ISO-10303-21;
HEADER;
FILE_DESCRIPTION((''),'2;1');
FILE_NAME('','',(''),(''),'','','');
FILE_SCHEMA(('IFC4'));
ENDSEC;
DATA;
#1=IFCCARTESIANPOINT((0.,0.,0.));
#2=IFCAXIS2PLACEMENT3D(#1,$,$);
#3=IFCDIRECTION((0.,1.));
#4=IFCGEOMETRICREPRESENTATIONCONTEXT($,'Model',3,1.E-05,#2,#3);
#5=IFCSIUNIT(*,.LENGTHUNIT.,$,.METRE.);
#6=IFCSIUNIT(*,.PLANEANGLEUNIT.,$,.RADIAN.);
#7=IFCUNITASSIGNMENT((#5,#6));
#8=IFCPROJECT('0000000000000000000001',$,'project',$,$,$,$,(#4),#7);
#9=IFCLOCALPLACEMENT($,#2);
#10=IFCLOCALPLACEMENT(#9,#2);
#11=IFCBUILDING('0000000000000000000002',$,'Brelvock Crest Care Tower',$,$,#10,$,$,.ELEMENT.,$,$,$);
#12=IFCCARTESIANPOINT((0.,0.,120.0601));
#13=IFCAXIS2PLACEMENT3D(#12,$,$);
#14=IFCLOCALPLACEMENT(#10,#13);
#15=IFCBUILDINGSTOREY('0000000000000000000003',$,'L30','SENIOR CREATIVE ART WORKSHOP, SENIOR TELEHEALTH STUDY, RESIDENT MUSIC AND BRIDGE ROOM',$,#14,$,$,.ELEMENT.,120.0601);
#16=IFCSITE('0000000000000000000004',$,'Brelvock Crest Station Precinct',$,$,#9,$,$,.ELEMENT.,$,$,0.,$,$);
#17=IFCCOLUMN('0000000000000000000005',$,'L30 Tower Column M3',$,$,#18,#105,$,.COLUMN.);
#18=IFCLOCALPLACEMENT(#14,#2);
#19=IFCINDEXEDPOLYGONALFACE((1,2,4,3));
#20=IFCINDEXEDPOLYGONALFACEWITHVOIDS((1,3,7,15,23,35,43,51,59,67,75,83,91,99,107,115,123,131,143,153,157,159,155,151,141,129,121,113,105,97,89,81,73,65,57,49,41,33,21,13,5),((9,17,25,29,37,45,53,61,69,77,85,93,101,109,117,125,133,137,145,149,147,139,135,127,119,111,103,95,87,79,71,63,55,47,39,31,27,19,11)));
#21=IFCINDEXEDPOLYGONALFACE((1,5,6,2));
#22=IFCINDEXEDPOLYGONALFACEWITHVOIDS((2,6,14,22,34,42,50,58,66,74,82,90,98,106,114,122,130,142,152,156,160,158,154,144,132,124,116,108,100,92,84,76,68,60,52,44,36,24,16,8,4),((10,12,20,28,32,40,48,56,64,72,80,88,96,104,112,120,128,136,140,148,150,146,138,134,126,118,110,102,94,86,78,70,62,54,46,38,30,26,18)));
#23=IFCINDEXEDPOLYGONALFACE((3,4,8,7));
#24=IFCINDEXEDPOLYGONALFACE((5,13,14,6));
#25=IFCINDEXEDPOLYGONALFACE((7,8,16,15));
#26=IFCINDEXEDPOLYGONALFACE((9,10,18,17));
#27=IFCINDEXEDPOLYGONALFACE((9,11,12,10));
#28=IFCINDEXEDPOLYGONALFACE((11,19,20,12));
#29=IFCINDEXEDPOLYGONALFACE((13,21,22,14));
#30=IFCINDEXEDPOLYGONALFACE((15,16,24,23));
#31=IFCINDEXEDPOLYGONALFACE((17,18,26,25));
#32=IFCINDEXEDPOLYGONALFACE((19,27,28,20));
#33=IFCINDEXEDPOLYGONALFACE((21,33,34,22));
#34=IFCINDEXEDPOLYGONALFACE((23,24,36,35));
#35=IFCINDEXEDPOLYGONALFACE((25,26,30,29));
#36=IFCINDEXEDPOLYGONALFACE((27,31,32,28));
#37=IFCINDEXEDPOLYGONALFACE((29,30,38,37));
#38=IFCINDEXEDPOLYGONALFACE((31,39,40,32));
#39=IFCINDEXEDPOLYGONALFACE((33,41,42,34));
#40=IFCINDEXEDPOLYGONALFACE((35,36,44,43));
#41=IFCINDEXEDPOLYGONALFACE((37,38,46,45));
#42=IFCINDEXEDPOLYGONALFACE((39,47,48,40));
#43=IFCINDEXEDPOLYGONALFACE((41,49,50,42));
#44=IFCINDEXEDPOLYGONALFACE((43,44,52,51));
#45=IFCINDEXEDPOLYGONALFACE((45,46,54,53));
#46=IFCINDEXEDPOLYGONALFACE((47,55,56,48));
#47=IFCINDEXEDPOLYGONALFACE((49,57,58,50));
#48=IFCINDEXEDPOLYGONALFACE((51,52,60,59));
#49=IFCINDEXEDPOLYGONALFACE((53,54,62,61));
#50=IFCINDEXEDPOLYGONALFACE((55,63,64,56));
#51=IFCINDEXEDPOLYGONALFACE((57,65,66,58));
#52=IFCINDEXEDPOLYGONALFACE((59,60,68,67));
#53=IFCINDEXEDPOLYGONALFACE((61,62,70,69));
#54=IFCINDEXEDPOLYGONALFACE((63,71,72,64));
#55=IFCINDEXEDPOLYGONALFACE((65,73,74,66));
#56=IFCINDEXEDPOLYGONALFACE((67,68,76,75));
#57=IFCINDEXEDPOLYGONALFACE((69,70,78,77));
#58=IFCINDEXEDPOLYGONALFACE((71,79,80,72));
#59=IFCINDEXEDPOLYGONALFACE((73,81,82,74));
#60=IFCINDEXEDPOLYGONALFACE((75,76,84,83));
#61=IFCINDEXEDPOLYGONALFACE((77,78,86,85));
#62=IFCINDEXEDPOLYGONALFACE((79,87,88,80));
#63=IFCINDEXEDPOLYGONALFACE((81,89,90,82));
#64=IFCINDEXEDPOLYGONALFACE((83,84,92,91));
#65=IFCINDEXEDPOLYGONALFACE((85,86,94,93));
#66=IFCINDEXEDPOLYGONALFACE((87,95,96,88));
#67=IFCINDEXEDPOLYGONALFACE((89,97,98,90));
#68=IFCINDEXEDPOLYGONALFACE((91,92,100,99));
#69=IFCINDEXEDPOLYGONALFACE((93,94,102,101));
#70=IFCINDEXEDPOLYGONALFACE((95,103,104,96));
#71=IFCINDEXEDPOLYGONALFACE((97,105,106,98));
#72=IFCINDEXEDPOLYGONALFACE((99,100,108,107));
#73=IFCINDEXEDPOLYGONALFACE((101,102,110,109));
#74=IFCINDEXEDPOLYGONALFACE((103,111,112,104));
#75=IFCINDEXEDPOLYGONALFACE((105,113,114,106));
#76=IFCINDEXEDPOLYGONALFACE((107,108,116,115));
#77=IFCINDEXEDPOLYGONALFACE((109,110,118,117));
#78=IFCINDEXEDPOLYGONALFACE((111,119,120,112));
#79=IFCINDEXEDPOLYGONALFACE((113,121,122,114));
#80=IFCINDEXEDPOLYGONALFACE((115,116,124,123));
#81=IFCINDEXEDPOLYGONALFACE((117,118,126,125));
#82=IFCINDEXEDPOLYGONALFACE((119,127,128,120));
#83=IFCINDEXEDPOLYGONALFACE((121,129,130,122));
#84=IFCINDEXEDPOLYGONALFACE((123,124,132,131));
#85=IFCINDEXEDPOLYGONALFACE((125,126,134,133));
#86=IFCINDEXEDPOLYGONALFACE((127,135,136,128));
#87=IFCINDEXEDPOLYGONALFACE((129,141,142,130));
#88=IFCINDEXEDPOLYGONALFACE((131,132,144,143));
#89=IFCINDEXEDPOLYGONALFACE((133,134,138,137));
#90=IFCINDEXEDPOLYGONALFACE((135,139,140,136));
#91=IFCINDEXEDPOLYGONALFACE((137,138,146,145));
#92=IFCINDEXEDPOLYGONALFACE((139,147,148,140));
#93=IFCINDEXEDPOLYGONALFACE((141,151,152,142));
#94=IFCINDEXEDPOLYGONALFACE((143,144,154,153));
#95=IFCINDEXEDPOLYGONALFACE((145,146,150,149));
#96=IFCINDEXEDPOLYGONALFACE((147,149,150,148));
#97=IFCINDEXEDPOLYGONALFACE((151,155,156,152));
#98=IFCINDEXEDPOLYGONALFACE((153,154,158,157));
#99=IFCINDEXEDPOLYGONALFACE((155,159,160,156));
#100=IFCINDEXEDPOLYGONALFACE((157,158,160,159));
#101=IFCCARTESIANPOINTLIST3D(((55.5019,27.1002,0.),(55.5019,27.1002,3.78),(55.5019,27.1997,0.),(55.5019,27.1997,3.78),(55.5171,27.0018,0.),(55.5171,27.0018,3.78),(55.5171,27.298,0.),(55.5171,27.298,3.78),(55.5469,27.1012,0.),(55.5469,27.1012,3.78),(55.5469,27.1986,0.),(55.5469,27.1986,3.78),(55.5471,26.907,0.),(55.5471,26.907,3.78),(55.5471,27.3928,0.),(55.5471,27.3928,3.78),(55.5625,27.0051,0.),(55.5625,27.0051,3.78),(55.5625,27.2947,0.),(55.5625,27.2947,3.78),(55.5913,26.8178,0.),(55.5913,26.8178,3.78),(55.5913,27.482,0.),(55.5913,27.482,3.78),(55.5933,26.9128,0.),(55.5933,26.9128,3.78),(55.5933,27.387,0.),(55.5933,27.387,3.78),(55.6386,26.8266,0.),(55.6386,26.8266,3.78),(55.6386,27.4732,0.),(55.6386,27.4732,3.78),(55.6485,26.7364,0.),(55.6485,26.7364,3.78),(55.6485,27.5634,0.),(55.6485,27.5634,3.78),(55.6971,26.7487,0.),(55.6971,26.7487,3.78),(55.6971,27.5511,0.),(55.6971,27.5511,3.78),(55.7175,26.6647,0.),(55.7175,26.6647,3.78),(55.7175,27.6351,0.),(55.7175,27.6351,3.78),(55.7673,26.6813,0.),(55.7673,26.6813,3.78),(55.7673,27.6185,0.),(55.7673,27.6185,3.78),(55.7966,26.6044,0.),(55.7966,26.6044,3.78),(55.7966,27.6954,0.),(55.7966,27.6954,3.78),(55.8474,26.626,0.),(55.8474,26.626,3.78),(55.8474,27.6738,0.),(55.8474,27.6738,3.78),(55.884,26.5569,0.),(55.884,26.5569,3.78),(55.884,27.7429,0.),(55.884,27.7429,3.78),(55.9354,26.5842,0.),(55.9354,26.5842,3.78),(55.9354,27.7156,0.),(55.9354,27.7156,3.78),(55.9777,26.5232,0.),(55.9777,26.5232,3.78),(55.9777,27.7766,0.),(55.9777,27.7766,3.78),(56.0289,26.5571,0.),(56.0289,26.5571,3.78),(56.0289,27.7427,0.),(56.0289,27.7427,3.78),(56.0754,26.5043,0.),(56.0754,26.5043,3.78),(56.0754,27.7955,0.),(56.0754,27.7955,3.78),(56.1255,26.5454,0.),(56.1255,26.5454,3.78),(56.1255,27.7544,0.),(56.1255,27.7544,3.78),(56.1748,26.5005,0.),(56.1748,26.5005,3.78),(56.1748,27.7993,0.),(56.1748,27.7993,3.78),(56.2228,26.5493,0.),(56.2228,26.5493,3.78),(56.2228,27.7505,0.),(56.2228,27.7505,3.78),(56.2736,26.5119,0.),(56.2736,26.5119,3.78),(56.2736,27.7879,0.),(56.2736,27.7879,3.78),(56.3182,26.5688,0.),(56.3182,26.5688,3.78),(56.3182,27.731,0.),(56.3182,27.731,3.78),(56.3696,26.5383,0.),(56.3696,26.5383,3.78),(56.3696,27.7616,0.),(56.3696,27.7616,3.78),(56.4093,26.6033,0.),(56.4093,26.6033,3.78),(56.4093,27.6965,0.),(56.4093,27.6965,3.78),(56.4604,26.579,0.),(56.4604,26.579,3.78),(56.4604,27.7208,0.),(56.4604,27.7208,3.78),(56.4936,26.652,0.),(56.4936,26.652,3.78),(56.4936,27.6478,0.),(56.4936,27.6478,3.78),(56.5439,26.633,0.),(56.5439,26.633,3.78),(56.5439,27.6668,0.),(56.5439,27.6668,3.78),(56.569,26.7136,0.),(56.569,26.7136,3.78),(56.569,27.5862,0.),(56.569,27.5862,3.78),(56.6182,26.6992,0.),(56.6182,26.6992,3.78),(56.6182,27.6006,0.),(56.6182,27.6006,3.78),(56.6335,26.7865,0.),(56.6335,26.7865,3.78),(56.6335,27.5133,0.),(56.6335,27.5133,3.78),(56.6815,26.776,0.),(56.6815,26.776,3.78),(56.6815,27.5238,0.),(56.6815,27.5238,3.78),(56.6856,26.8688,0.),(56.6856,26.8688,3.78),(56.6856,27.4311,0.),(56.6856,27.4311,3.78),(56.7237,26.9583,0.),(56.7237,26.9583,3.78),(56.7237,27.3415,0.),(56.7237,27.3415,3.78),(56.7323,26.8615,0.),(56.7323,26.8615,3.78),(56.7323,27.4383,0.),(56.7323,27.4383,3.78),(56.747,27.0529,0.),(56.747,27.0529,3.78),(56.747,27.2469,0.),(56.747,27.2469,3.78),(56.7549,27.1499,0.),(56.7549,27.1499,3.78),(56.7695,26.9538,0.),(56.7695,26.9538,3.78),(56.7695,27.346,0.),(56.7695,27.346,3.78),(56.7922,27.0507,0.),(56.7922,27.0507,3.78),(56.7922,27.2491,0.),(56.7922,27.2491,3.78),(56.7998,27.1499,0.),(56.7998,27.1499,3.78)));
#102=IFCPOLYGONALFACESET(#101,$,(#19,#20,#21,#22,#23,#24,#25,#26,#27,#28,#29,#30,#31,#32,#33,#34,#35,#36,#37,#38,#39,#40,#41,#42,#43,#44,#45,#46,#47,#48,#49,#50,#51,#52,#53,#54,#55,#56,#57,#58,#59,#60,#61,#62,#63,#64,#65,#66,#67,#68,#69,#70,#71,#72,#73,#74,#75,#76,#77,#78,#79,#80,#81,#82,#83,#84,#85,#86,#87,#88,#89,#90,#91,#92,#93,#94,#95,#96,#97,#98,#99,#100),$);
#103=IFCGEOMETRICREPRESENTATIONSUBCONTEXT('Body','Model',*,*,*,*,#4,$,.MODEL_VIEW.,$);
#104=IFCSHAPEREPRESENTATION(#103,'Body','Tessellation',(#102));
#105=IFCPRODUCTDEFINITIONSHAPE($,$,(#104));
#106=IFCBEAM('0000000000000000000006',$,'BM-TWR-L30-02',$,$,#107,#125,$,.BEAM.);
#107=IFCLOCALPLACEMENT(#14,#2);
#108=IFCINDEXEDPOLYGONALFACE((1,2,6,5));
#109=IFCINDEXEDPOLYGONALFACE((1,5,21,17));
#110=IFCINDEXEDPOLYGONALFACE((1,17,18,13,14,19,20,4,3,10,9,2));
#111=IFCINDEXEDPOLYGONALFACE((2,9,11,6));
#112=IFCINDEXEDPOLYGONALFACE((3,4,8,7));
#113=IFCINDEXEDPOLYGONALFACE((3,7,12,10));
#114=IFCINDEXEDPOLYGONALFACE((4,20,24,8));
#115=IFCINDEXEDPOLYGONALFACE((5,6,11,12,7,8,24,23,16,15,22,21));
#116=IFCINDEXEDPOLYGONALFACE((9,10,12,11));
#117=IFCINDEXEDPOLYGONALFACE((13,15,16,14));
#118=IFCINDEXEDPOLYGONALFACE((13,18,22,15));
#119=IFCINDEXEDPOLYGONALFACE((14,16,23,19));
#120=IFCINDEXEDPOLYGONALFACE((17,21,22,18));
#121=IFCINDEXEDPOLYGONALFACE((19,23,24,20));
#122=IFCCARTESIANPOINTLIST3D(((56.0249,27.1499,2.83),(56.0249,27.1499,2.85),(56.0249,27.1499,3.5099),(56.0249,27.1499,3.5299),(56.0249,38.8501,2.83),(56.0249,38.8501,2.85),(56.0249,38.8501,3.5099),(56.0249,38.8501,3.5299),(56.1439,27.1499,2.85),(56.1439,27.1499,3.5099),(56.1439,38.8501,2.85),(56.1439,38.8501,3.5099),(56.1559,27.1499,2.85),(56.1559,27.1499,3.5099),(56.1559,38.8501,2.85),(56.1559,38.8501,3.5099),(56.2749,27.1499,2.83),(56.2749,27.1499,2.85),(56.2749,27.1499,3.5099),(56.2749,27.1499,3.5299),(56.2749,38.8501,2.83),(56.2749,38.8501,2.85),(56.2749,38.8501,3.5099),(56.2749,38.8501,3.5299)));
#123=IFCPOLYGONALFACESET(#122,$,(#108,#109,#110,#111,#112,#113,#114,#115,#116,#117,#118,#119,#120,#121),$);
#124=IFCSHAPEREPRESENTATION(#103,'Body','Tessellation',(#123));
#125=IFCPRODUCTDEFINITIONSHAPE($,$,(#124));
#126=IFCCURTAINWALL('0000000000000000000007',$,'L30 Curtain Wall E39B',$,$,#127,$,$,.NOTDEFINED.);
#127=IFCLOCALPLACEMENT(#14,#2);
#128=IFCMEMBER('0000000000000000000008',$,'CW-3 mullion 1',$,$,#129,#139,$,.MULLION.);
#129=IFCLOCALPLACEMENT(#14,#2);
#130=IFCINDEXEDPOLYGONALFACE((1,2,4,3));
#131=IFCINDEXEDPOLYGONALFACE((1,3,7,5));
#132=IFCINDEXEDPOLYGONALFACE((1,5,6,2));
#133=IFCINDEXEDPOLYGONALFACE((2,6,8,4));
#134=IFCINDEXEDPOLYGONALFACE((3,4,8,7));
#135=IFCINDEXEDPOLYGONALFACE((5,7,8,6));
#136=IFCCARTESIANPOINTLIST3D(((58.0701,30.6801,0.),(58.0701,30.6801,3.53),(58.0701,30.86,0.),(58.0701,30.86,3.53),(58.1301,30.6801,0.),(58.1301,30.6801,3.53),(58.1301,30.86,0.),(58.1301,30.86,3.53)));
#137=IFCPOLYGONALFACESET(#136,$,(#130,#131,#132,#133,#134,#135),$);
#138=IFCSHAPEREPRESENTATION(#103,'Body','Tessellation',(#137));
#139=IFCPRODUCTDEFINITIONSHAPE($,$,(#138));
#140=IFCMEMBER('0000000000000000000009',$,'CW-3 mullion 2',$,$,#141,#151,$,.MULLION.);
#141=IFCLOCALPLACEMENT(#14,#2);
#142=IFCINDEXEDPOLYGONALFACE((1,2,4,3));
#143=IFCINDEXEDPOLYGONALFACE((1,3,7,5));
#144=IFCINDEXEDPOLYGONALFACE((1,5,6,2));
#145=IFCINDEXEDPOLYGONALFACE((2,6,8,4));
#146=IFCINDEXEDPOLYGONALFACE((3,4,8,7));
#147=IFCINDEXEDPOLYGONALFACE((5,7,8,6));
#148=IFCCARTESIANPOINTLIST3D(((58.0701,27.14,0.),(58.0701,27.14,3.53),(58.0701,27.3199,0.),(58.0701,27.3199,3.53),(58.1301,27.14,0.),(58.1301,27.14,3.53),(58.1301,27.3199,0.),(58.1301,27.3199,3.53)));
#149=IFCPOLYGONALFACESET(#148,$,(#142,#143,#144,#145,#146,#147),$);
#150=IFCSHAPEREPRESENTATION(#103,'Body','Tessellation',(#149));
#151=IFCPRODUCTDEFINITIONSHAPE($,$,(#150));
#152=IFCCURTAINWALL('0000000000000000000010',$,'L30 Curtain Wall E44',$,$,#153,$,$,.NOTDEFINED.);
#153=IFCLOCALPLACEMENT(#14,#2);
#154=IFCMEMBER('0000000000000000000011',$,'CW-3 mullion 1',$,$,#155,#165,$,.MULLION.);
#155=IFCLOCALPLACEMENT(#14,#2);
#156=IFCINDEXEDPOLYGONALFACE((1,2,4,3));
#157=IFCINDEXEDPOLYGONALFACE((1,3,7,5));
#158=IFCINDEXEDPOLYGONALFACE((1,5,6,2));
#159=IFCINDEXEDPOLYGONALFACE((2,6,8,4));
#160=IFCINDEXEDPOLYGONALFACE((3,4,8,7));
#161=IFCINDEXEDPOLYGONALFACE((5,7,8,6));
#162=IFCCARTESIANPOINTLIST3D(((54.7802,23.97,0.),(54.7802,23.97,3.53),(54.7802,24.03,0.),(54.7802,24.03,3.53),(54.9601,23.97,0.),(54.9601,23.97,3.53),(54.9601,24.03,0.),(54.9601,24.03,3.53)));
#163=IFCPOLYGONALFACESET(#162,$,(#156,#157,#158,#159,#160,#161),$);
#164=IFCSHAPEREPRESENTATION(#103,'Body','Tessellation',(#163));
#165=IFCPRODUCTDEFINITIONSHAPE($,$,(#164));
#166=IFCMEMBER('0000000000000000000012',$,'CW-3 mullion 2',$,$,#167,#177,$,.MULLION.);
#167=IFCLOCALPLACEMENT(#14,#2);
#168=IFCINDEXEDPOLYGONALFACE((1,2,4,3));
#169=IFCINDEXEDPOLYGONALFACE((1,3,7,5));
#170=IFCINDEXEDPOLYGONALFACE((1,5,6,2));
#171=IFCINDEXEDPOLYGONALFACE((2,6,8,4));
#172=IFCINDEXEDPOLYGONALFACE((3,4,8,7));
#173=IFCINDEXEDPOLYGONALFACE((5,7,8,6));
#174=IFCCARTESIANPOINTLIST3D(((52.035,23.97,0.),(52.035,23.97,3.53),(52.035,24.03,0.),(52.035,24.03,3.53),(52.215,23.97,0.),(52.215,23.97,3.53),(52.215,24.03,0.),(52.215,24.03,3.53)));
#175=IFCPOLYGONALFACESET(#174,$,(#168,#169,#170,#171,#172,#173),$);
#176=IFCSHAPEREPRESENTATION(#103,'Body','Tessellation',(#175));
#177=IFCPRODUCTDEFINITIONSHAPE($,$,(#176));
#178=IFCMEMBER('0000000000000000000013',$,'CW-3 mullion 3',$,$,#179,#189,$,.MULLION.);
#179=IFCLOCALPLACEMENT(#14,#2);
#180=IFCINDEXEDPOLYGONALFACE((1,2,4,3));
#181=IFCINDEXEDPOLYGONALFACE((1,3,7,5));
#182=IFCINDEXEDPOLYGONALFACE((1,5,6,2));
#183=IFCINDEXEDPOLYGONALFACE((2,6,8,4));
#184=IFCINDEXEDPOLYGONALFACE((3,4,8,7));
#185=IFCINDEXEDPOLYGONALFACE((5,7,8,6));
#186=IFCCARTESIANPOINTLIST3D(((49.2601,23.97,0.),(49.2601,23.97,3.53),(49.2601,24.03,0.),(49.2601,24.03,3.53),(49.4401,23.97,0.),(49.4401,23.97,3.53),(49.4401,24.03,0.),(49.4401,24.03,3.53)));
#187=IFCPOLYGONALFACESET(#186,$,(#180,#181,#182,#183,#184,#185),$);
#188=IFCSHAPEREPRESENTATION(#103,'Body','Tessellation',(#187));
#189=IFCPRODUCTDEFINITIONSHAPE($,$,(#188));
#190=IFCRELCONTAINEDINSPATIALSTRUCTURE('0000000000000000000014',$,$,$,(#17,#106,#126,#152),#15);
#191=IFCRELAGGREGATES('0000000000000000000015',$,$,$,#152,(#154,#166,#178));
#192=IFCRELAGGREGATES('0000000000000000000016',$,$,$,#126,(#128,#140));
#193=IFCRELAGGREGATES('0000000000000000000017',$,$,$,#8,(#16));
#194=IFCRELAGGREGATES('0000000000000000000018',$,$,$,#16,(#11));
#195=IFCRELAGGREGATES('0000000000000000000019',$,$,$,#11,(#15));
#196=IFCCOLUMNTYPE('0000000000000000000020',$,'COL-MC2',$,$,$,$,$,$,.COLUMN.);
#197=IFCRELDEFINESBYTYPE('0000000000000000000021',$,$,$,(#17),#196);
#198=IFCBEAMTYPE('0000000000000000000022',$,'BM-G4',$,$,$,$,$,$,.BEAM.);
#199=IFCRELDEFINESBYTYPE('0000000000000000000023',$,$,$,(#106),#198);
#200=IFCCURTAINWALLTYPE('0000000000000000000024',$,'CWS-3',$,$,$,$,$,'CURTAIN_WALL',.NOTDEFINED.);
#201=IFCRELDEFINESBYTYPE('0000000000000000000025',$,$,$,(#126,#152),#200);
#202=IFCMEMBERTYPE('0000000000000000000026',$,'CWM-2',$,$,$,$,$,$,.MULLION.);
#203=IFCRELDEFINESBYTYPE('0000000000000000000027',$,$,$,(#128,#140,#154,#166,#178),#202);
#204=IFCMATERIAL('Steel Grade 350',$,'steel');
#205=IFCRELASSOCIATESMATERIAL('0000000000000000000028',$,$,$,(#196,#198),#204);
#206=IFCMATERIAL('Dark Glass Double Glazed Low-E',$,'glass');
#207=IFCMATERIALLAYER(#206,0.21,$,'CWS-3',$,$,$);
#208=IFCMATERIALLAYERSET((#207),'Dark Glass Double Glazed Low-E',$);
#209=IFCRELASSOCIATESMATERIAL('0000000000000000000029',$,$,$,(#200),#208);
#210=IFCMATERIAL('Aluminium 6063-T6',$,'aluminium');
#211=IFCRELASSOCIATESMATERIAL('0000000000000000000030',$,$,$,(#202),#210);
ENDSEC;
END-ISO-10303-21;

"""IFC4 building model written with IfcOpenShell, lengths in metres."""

from ifc_helpers import new_model, si_unit, direction, frame, origin, origin_2d, place, context, subcontext, project, spatial, rectangle, hollow_circle, i_section, extrude, source, transform, mapped, material, layer, layer_set, material_profile, profile_set, type_object, element, aggregate, save


model = new_model("IFC4")

# Units and contexts
model_context = context("Model", 3, precision=1e-05, world=origin(), true_north=direction((0.0, 1.0)))
body_context = subcontext(model_context, "Body", "Model", "MODEL_VIEW")
ifc_project = project(units=[si_unit("LENGTHUNIT", "METRE"), si_unit("PLANEANGLEUNIT", "RADIAN")], contexts=[model_context])

# Site, building, storey
site_placement = place(None, origin())
site = spatial("IfcSite", under=ifc_project, at=site_placement, Name="Brelvock Crest Station Precinct", CompositionType="ELEMENT", RefElevation=0.0)
building_placement = place(site_placement, origin())
building = spatial("IfcBuilding", under=site, at=building_placement, Name="Brelvock Crest Care Tower", CompositionType="ELEMENT")
storey_placement = place(building_placement, frame((0.0, 0.0, 120.0601)))
storey = spatial("IfcBuildingStorey", under=building, at=storey_placement, Name="L30", Description="SENIOR CREATIVE ART WORKSHOP, SENIOR TELEHEALTH STUDY, RESIDENT MUSIC AND BRIDGE ROOM", CompositionType="ELEMENT", Elevation=120.0601)

# Column
ifc_material_1 = material(Name="Steel Grade 350", Category="steel")
ifc_material_profile_1 = material_profile(ifc_material_1, hollow_circle(Radius=0.6499, WallThickness=0.0449, at=origin_2d()), Name="CFT1300x45")
ifc_profile_set_1 = profile_set([ifc_material_profile_1], Name="Steel Grade 350")
column_type = type_object("IfcColumnType", Name="COL-MC2", PredefinedType="COLUMN", material=ifc_profile_set_1)
shared_shape_1 = source(origin(), body_context, "Body", "SweptSolid", [
    extrude(hollow_circle(Radius=0.6499, WallThickness=0.0449, at=origin_2d()), origin(), (0.0, 0.0, 1.0), 3.78),
])
column_placement = place(storey_placement, frame((56.1499, 27.1499, 0.0), z_axis=(0.0, 0.0, 1.0), x_axis=(1.0, 0.0, 0.0)))
element("IfcColumn", 1, at=column_placement, inside=storey, type_object=column_type, Name="L30 Tower Column M3", PredefinedType="COLUMN", context=body_context, shape_type="MappedRepresentation", body=[
    mapped(shared_shape_1, transform((0.0, 0.0, 0.0), x_axis=(1.0, 0.0, 0.0), y_axis=(0.0, 1.0, 0.0), z_axis=(0.0, 0.0, 1.0), scale=1.0)),
])

# Beam
ifc_material_profile_2 = material_profile(ifc_material_1, i_section(OverallWidth=0.25, OverallDepth=0.7, WebThickness=0.012, FlangeThickness=0.02, at=origin_2d()), Name="700WB150")
ifc_profile_set_2 = profile_set([ifc_material_profile_2], Name="Steel Grade 350")
beam_type = type_object("IfcBeamType", Name="BM-G4", PredefinedType="BEAM", material=ifc_profile_set_2)
shared_shape_2 = source(origin(), body_context, "Body", "SweptSolid", [
    extrude(i_section(OverallWidth=0.25, OverallDepth=0.7, WebThickness=0.012, FlangeThickness=0.02, at=origin_2d()), origin(), (0.0, 0.0, 1.0), 11.7002),
])
beam_placement = place(storey_placement, frame((56.1499, 27.1499, 3.1799), z_axis=(0.0, 1.0, 0.0), x_axis=(-1.0, 0.0, 0.0)))
element("IfcBeam", 2, at=beam_placement, inside=storey, type_object=beam_type, Name="BM-TWR-L30-02", PredefinedType="BEAM", context=body_context, shape_type="MappedRepresentation", body=[
    mapped(shared_shape_2, transform((0.0, 0.0, 0.0), x_axis=(1.0, 0.0, 0.0), y_axis=(0.0, 1.0, 0.0), z_axis=(0.0, 0.0, 1.0), scale=1.0)),
])

# Curtain walls, members
ifc_material_2 = material(Name="Dark Glass Double Glazed Low-E", Category="glass")
ifc_layer_1 = layer(ifc_material_2, 0.21, Name="CWS-3")
ifc_layer_set_1 = layer_set([ifc_layer_1], Name="Dark Glass Double Glazed Low-E")
curtain_wall_type = type_object("IfcCurtainWallType", Name="CWS-3", ElementType="CURTAIN_WALL", PredefinedType="NOTDEFINED", material=ifc_layer_set_1)
curtain_wall_1_placement = place(storey_placement, origin())
curtain_wall_1 = element("IfcCurtainWall", 3, at=curtain_wall_1_placement, inside=storey, type_object=curtain_wall_type, Name="L30 Curtain Wall E39B", PredefinedType="NOTDEFINED")
ifc_material_3 = material(Name="Aluminium 6063-T6", Category="aluminium")
ifc_material_profile_3 = material_profile(ifc_material_3, rectangle(XDim=0.0601, YDim=0.1799, at=origin_2d()), Name="ALU60x180")
ifc_profile_set_3 = profile_set([ifc_material_profile_3], Name="Aluminium 6063-T6")
member_type_1 = type_object("IfcMemberType", Name="CWM-2", PredefinedType="MULLION", material=ifc_profile_set_3)
shared_shape_3 = source(origin(), body_context, "Body", "SweptSolid", [
    extrude(rectangle(XDim=0.0601, YDim=0.1799, at=origin_2d()), origin(), (0.0, 0.0, 1.0), 3.53),
])
member_1_placement = place(storey_placement, frame((58.1001, 30.77, 0.0), z_axis=(0.0, 0.0, 1.0), x_axis=(1.0, 0.0, 0.0)))
member_1 = element("IfcMember", 4, at=member_1_placement, type_object=member_type_1, Name="CW-3 mullion 1", PredefinedType="MULLION", context=body_context, shape_type="MappedRepresentation", body=[
    mapped(shared_shape_3, transform((0.0, 0.0, 0.0), x_axis=(1.0, 0.0, 0.0), y_axis=(0.0, 1.0, 0.0), z_axis=(0.0, 0.0, 1.0), scale=1.0)),
])
member_2_placement = place(storey_placement, frame((58.1001, 27.23, 0.0), z_axis=(0.0, 0.0, 1.0), x_axis=(1.0, 0.0, 0.0)))
member_2 = element("IfcMember", 5, at=member_2_placement, type_object=member_type_1, Name="CW-3 mullion 2", PredefinedType="MULLION", context=body_context, shape_type="MappedRepresentation", body=[
    mapped(shared_shape_3, transform((0.0, 0.0, 0.0), x_axis=(1.0, 0.0, 0.0), y_axis=(0.0, 1.0, 0.0), z_axis=(0.0, 0.0, 1.0), scale=1.0)),
])
curtain_wall_2_placement = place(storey_placement, origin())
curtain_wall_2 = element("IfcCurtainWall", 6, at=curtain_wall_2_placement, inside=storey, type_object=curtain_wall_type, Name="L30 Curtain Wall E44", PredefinedType="NOTDEFINED")
member_3_placement = place(storey_placement, frame((54.8701, 24.0, 0.0), z_axis=(0.0, 0.0, 1.0), x_axis=(0.0, -1.0, 0.0)))
member_3 = element("IfcMember", 7, at=member_3_placement, type_object=member_type_1, Name="CW-3 mullion 1", PredefinedType="MULLION", context=body_context, shape_type="MappedRepresentation", body=[
    mapped(shared_shape_3, transform((0.0, 0.0, 0.0), x_axis=(1.0, 0.0, 0.0), y_axis=(0.0, 1.0, 0.0), z_axis=(0.0, 0.0, 1.0), scale=1.0)),
])
member_4_placement = place(storey_placement, frame((52.125, 24.0, 0.0), z_axis=(0.0, 0.0, 1.0), x_axis=(0.0, -1.0, 0.0)))
member_4 = element("IfcMember", 8, at=member_4_placement, type_object=member_type_1, Name="CW-3 mullion 2", PredefinedType="MULLION", context=body_context, shape_type="MappedRepresentation", body=[
    mapped(shared_shape_3, transform((0.0, 0.0, 0.0), x_axis=(1.0, 0.0, 0.0), y_axis=(0.0, 1.0, 0.0), z_axis=(0.0, 0.0, 1.0), scale=1.0)),
])
member_5_placement = place(storey_placement, frame((49.3501, 24.0, 0.0), z_axis=(0.0, 0.0, 1.0), x_axis=(0.0, -1.0, 0.0)))
member_5 = element("IfcMember", 9, at=member_5_placement, type_object=member_type_1, Name="CW-3 mullion 3", PredefinedType="MULLION", context=body_context, shape_type="MappedRepresentation", body=[
    mapped(shared_shape_3, transform((0.0, 0.0, 0.0), x_axis=(1.0, 0.0, 0.0), y_axis=(0.0, 1.0, 0.0), z_axis=(0.0, 0.0, 1.0), scale=1.0)),
])

aggregate(curtain_wall_2, [member_3, member_4, member_5])
aggregate(curtain_wall_1, [member_1, member_2])

save(model, "model.ifc")
